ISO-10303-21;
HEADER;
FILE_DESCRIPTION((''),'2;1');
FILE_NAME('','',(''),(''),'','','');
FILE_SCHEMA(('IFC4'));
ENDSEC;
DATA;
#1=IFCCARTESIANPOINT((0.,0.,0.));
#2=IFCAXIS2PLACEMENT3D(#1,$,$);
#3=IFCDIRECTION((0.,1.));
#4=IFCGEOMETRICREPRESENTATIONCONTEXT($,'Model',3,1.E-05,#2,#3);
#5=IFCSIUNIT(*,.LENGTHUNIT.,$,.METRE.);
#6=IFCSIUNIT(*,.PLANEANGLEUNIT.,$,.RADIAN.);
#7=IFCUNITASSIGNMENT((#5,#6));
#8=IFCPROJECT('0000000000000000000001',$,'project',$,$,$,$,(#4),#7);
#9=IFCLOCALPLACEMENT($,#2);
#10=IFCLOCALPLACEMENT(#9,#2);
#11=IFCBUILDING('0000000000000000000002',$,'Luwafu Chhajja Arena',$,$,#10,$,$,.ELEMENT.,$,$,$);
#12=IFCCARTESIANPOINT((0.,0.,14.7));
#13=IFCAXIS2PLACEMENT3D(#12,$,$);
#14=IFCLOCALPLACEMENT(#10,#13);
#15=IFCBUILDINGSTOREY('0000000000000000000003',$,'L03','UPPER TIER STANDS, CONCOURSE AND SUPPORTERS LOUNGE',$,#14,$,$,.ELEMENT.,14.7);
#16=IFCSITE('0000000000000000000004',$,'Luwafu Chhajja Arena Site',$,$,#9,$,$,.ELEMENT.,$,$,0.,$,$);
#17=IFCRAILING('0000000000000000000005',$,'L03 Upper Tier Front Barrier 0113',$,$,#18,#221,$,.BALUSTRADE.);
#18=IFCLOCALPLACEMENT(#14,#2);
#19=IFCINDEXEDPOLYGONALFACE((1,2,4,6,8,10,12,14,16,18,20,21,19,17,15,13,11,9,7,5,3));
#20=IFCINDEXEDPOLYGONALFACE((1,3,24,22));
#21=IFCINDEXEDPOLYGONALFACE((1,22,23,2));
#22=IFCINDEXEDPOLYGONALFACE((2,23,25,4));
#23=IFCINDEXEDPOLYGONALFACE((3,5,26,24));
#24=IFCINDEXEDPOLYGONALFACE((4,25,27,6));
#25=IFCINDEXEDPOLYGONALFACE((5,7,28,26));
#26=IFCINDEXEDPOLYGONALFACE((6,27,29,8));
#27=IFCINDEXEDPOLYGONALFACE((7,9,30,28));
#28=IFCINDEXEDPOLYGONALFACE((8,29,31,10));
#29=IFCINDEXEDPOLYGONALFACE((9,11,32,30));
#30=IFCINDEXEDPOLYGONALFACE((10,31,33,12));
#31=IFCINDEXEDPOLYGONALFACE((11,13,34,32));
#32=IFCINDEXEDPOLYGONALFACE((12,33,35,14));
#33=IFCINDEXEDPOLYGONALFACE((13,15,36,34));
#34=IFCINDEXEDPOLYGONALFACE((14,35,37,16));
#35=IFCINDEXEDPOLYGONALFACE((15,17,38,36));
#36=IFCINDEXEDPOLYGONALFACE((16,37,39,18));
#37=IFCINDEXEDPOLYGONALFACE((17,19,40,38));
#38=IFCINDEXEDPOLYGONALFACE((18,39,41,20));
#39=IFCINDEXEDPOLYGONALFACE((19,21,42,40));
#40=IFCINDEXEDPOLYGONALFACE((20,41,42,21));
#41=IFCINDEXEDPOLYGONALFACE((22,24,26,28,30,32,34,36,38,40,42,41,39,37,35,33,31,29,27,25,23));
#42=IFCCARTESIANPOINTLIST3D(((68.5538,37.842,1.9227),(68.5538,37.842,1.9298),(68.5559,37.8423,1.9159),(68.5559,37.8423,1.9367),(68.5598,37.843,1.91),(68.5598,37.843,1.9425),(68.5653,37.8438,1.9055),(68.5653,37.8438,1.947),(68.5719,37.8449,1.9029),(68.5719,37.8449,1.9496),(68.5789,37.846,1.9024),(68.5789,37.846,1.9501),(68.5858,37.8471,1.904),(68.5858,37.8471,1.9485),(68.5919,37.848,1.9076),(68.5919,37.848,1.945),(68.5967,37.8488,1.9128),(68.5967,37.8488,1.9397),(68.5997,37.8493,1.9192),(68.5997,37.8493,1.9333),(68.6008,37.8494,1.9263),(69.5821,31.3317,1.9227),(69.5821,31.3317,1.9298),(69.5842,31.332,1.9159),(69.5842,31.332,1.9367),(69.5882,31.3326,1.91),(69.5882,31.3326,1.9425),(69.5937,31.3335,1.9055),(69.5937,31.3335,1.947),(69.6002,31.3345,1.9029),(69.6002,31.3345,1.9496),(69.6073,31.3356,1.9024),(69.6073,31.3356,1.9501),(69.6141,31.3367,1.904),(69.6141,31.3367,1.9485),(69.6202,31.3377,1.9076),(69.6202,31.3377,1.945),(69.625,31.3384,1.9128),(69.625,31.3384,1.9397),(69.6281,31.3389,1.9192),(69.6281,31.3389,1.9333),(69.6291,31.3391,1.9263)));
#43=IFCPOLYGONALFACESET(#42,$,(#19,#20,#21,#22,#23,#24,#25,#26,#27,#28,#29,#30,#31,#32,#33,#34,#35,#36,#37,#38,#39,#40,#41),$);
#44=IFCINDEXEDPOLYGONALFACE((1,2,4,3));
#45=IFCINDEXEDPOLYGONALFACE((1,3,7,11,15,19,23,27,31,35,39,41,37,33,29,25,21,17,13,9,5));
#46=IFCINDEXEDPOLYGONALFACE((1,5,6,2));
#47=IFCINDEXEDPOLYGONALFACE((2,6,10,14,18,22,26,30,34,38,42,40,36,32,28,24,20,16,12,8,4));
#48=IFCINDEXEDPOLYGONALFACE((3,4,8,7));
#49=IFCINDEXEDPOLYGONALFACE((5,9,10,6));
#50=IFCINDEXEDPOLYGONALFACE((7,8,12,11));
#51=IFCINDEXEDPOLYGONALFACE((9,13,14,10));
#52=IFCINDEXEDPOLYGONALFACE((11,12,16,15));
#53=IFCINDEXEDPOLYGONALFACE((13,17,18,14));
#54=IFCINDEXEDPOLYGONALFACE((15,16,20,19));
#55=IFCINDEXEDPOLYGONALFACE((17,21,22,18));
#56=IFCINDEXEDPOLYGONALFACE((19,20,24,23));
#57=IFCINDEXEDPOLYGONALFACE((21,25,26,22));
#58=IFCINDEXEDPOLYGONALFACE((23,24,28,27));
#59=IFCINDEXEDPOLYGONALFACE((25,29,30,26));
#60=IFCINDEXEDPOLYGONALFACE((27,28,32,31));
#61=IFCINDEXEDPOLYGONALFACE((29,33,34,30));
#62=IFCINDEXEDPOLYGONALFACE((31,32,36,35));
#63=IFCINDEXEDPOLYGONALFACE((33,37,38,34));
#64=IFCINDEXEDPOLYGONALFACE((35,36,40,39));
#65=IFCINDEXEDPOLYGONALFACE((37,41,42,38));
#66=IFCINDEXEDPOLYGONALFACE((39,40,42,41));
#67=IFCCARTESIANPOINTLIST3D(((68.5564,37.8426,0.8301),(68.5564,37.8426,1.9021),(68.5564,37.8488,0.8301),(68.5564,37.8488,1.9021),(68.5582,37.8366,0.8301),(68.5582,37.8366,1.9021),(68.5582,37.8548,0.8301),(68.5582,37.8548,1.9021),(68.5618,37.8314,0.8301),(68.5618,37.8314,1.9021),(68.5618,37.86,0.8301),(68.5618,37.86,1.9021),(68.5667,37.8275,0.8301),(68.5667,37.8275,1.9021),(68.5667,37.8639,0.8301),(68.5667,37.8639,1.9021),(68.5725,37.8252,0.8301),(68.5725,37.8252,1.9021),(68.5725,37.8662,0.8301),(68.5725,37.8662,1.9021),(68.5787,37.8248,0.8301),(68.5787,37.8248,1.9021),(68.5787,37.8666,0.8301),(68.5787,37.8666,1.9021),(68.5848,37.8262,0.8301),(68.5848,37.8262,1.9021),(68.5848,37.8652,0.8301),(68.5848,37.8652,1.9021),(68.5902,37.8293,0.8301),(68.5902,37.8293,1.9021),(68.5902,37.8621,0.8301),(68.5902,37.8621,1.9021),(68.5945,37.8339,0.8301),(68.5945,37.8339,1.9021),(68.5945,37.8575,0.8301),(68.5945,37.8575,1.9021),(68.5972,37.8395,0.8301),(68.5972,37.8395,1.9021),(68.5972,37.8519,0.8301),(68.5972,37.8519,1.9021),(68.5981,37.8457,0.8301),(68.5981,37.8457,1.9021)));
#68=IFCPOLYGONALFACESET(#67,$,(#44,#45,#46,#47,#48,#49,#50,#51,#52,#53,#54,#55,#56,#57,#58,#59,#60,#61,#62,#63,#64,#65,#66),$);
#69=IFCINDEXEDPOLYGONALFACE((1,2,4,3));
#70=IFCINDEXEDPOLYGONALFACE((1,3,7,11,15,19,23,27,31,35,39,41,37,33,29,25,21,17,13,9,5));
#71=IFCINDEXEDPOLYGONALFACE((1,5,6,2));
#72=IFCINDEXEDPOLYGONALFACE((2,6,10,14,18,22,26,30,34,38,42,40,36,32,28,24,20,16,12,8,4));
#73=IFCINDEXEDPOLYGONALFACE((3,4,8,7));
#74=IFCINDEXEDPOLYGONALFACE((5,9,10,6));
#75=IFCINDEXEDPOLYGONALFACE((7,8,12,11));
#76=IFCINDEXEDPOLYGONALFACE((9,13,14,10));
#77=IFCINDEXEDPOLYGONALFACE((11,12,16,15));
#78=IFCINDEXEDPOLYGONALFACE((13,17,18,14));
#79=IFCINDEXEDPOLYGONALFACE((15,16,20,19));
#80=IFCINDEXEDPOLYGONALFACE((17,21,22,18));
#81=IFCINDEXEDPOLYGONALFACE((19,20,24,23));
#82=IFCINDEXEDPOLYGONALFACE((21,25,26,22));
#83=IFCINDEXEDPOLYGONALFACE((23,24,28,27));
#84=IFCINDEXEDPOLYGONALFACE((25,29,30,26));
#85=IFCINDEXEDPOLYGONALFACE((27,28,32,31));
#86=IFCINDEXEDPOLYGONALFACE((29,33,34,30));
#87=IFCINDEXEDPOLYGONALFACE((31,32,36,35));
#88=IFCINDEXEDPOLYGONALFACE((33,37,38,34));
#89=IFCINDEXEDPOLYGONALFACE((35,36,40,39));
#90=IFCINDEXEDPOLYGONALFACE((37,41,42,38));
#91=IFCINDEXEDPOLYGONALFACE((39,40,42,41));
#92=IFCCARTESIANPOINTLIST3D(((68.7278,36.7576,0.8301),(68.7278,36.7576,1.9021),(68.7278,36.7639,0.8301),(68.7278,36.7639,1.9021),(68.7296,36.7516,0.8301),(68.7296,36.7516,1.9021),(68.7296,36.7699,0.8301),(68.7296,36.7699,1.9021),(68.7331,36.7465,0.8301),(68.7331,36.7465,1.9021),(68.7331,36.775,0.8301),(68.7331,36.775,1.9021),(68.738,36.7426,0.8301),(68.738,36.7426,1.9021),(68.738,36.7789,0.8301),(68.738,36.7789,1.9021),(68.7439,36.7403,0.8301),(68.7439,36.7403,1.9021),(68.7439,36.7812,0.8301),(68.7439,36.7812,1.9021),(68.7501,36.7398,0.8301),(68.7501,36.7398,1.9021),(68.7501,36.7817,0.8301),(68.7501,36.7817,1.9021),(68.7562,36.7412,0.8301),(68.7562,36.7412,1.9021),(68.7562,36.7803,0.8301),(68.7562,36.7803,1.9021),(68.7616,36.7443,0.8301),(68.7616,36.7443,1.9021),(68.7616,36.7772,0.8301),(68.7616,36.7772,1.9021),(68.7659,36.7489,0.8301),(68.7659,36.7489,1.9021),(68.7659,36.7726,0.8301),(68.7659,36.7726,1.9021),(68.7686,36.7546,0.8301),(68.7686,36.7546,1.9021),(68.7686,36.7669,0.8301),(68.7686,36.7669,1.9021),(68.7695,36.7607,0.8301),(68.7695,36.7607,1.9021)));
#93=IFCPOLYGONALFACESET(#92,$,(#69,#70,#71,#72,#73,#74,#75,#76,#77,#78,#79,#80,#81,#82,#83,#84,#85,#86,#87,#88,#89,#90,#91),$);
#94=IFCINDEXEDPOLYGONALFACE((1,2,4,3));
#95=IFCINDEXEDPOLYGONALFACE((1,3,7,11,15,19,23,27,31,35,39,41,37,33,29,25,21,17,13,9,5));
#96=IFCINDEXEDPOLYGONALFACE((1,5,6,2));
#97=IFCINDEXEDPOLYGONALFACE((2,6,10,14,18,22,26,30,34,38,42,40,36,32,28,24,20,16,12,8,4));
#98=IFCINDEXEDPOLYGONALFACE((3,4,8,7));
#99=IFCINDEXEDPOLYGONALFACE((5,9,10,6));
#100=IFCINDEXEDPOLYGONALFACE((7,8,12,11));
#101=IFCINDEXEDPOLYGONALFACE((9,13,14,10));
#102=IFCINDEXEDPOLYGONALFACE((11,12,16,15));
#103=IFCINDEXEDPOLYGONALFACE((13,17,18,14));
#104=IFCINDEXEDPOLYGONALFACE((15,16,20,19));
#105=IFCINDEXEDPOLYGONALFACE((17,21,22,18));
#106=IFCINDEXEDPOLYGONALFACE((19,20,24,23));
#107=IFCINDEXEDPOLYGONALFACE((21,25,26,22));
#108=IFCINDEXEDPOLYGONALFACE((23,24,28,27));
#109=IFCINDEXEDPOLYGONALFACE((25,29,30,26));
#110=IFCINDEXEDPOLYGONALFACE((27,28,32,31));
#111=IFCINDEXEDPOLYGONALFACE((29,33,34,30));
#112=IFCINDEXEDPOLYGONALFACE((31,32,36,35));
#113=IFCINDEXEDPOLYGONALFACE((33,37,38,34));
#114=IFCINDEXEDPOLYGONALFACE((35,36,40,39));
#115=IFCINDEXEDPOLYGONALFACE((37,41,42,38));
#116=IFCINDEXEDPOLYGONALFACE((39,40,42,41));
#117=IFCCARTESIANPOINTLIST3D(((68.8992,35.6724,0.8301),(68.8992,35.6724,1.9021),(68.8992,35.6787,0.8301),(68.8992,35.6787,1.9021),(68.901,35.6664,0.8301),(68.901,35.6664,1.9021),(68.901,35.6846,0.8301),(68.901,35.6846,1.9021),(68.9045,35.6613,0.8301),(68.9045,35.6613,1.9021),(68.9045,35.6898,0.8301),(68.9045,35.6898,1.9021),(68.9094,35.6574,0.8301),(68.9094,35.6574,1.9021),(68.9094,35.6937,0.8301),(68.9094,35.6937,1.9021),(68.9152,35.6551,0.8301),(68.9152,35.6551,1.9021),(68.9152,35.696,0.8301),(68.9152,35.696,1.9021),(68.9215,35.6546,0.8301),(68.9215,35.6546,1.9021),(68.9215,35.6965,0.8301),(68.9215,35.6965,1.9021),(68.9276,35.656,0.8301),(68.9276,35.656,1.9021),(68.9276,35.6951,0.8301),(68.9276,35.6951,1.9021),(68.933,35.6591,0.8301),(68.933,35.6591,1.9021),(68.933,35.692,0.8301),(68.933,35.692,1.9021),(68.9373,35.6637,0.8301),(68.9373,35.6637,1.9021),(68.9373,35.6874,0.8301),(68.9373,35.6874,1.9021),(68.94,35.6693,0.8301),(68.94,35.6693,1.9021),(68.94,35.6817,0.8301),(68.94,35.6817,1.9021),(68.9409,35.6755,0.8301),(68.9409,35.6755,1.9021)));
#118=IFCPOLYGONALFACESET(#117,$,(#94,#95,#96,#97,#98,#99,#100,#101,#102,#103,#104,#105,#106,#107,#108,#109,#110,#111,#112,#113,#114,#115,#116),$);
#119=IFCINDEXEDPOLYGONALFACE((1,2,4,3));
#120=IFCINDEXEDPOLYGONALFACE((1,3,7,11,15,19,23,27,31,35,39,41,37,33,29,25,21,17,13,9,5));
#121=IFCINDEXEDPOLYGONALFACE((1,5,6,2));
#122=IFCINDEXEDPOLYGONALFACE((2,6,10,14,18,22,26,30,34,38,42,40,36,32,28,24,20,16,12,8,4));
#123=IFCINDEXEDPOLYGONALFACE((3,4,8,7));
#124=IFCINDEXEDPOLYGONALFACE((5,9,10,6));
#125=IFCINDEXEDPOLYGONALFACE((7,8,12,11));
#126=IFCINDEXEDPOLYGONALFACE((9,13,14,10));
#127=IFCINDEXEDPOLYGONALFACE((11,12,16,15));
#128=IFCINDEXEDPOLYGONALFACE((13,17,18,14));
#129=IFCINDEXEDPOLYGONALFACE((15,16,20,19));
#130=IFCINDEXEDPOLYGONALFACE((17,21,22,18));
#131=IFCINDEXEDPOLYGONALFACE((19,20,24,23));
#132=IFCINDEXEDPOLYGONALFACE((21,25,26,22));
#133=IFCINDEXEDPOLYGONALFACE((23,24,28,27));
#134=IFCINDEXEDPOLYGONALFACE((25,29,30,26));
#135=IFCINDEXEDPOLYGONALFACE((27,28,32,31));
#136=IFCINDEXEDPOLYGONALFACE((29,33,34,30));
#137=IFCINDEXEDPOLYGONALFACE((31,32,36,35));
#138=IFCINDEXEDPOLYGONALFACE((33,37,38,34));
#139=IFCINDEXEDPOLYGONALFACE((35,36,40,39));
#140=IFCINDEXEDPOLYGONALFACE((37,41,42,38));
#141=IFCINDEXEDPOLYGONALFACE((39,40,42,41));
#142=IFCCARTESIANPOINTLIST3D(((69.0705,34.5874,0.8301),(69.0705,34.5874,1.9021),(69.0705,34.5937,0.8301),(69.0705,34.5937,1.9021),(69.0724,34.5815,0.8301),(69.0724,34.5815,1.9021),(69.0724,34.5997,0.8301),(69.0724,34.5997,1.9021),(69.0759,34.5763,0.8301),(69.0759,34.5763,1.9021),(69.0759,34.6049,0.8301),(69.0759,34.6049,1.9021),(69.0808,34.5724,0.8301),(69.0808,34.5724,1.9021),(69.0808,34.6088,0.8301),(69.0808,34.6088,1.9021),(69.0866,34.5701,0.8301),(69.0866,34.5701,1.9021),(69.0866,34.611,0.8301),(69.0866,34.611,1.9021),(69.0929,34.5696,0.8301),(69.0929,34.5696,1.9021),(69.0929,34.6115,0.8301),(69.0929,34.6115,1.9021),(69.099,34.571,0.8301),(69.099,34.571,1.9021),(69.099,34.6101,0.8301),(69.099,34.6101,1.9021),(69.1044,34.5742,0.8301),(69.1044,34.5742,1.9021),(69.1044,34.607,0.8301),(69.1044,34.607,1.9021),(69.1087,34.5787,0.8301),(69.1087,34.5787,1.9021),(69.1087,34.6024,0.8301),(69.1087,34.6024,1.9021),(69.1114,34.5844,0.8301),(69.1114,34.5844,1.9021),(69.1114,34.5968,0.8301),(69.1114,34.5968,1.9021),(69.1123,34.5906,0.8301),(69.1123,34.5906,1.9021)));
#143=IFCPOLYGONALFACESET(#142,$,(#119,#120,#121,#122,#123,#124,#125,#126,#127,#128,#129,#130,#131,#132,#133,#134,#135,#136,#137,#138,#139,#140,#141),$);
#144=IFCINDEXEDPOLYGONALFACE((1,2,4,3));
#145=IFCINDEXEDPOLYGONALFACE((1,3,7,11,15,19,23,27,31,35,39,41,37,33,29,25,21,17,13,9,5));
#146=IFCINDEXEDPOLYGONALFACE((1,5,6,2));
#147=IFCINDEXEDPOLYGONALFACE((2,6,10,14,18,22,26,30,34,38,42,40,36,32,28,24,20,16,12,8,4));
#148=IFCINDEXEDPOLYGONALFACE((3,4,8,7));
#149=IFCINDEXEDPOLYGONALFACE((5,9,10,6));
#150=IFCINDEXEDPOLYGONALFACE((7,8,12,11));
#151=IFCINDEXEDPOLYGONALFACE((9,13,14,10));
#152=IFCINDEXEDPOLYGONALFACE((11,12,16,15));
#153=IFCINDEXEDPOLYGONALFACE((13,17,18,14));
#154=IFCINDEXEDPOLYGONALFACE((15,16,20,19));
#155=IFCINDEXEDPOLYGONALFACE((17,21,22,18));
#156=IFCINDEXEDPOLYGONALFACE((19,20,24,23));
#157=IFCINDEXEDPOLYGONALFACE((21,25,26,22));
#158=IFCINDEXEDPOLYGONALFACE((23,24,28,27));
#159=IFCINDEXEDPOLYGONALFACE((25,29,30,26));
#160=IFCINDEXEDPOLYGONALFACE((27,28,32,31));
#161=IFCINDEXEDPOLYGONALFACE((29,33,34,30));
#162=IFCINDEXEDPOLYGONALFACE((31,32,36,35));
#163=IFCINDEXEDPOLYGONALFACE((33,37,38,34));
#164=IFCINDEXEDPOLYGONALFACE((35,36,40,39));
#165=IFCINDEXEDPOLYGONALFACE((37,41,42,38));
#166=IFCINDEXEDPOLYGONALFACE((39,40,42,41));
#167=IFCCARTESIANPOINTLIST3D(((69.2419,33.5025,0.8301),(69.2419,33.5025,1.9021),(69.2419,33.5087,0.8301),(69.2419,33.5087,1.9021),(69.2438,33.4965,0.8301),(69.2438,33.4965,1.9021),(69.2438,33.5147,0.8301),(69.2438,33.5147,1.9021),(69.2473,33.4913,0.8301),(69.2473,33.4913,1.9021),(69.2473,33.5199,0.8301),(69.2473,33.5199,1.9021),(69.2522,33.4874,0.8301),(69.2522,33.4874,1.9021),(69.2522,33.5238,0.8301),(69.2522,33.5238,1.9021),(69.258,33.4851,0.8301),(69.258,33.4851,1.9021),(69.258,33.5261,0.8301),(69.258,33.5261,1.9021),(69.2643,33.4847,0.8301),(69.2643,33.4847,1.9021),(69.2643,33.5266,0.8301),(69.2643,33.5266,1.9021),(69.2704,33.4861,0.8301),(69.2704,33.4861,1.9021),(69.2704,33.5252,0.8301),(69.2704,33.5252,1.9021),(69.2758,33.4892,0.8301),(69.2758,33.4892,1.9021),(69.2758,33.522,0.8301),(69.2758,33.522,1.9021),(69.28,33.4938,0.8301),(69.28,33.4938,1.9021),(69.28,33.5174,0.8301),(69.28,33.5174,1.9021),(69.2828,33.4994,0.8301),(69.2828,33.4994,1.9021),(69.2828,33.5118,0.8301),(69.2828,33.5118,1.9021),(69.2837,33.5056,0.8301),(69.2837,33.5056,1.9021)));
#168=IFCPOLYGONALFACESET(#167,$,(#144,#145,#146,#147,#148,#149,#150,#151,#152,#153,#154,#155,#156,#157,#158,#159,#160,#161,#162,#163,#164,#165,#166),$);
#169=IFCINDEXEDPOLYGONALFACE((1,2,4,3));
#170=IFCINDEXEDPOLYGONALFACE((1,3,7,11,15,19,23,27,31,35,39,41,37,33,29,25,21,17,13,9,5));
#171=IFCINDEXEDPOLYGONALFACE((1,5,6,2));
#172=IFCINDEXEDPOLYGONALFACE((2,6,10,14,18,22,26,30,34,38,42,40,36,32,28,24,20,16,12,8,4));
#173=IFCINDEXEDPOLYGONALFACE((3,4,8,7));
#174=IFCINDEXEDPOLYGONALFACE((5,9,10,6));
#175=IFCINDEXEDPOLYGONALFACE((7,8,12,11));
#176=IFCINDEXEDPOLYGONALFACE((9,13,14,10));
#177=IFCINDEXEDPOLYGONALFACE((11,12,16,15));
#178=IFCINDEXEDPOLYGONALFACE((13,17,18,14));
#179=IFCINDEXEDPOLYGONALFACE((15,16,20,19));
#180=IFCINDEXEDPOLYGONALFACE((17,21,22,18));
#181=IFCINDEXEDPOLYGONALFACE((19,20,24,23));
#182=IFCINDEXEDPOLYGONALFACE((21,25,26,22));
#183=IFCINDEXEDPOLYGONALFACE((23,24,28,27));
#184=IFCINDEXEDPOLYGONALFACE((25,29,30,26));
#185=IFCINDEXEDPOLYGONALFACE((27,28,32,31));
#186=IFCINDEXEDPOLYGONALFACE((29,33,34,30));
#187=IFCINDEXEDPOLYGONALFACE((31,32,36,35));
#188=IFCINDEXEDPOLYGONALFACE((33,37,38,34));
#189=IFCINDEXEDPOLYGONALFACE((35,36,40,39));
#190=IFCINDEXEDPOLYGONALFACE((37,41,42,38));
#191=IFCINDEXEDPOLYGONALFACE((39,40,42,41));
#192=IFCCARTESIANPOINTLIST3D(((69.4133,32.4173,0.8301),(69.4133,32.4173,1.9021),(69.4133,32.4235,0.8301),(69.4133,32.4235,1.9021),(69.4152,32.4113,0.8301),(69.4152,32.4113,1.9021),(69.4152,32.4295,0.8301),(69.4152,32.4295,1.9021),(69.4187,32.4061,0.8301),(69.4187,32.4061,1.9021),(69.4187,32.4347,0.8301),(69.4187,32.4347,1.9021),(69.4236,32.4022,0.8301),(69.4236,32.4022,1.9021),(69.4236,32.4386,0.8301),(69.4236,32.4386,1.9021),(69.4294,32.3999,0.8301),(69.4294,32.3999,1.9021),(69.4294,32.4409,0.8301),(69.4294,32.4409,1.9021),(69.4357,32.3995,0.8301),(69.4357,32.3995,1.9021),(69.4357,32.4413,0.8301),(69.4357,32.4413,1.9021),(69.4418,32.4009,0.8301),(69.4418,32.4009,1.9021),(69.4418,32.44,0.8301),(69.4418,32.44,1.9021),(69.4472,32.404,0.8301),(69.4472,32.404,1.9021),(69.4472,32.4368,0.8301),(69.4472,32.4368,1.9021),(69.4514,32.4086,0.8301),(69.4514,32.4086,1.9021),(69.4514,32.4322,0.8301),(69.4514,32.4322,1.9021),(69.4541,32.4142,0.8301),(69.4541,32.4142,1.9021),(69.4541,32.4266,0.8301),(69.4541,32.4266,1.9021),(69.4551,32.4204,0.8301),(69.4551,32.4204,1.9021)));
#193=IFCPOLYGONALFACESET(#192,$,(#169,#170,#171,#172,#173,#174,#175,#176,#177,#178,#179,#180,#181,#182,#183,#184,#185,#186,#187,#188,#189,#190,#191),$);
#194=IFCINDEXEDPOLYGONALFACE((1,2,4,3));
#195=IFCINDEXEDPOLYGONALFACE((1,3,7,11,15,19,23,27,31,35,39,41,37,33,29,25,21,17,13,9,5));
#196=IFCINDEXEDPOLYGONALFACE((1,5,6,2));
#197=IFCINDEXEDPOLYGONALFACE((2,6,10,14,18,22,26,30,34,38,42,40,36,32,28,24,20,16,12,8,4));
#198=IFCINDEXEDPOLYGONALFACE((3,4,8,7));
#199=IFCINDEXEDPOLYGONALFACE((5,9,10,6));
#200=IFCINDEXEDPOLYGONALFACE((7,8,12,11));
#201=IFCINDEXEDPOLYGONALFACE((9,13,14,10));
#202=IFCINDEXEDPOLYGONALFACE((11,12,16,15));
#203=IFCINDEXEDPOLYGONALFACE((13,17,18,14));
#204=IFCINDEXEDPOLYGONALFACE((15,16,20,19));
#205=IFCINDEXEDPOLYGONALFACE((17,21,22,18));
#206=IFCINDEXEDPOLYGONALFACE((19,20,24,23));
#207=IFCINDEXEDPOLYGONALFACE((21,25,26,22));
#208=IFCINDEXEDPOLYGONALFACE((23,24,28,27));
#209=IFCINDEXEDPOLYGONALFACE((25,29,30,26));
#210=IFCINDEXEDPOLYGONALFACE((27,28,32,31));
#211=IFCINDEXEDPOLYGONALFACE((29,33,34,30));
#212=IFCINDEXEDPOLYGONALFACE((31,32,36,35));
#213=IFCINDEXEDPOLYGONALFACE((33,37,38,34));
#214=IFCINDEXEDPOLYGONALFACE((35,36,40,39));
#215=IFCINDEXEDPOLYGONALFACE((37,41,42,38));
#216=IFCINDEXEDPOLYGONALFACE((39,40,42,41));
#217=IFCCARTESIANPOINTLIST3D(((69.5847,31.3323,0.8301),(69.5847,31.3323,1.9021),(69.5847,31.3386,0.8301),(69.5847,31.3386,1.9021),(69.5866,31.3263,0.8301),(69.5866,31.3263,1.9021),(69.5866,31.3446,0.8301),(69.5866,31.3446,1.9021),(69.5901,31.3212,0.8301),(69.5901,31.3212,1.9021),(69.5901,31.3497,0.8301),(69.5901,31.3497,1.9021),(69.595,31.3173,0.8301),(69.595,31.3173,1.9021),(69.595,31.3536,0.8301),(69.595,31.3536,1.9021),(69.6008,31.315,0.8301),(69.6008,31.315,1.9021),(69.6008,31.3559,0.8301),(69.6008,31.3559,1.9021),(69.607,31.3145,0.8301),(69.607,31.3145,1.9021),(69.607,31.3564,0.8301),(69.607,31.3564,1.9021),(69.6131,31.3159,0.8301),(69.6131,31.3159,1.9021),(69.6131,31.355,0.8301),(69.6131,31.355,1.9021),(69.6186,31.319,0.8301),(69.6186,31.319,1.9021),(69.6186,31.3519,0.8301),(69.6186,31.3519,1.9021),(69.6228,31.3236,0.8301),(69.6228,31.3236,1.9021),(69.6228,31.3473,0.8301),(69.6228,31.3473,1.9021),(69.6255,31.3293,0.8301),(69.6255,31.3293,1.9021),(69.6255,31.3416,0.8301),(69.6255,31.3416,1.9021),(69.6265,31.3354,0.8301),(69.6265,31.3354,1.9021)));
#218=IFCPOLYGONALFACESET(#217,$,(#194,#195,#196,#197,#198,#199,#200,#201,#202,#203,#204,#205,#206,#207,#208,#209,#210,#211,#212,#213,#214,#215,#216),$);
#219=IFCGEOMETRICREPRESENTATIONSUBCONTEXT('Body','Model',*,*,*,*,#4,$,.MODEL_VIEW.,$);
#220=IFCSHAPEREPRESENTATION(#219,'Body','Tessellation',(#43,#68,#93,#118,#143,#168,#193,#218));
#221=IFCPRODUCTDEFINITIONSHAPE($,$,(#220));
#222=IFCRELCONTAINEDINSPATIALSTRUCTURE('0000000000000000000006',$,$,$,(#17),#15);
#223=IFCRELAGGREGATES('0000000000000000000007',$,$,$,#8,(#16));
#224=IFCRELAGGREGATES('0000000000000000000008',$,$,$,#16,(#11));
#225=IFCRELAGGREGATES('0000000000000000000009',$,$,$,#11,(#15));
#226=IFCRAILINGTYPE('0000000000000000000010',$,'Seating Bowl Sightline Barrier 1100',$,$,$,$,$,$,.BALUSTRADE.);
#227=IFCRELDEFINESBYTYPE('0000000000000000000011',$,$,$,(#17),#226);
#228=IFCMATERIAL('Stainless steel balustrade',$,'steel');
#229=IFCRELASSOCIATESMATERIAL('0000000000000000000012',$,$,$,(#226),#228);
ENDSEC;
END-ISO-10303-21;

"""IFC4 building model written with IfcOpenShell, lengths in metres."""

from ifc_helpers import new_model, si_unit, direction, frame, origin, origin_2d, place, context, subcontext, project, spatial, circle, extrude, material, type_object, element, save


model = new_model("IFC4")

# Units and contexts
model_context = context("Model", 3, precision=1e-05, world=origin(), true_north=direction((0.0, 1.0)))
body_context = subcontext(model_context, "Body", "Model", "MODEL_VIEW")
ifc_project = project(units=[si_unit("LENGTHUNIT", "METRE"), si_unit("PLANEANGLEUNIT", "RADIAN")], contexts=[model_context])

# Site, building, storey
site_placement = place(None, origin())
site = spatial("IfcSite", under=ifc_project, at=site_placement, Name="Luwafu Chhajja Arena Site", CompositionType="ELEMENT", RefElevation=0.0)
building_placement = place(site_placement, origin())
building = spatial("IfcBuilding", under=site, at=building_placement, Name="Luwafu Chhajja Arena", CompositionType="ELEMENT")
storey_placement = place(building_placement, frame((0.0, 0.0, 14.7)))
storey = spatial("IfcBuildingStorey", under=building, at=storey_placement, Name="L03", Description="UPPER TIER STANDS, CONCOURSE AND SUPPORTERS LOUNGE", CompositionType="ELEMENT", Elevation=14.7)

# Railing
ifc_material_1 = material(Name="Stainless steel balustrade", Category="steel")
railing_type_1 = type_object("IfcRailingType", Name="Seating Bowl Sightline Barrier 1100", PredefinedType="BALUSTRADE", material=ifc_material_1)
railing_1_placement = place(storey_placement, frame((68.5771, 37.8457, 0.8301)))
element("IfcRailing", 1, at=railing_1_placement, inside=storey, type_object=railing_type_1, Name="L03 Upper Tier Front Barrier 0113", PredefinedType="BALUSTRADE", context=body_context, shape_type="SweptSolid", body=[
    extrude(circle(Radius=0.0239, at=origin_2d()), frame((0.0, 0.0, 1.0962), z_axis=(0.15602, -0.987754, 0.0), x_axis=(0.987754, 0.15602, 0.0)), (0.0, 0.0, 1.0), 6.5911),
    extrude(circle(Radius=0.021, at=origin_2d()), origin(), (0.0, 0.0, 1.0), 1.072),
    extrude(circle(Radius=0.021, at=origin_2d()), frame((0.1714, -1.085, 0.0)), (0.0, 0.0, 1.0), 1.072),
    extrude(circle(Radius=0.021, at=origin_2d()), frame((0.3428, -2.1702, 0.0)), (0.0, 0.0, 1.0), 1.072),
    extrude(circle(Radius=0.021, at=origin_2d()), frame((0.5142, -3.2551, 0.0)), (0.0, 0.0, 1.0), 1.072),
    extrude(circle(Radius=0.021, at=origin_2d()), frame((0.6855, -4.3401, 0.0)), (0.0, 0.0, 1.0), 1.072),
    extrude(circle(Radius=0.021, at=origin_2d()), frame((0.8569, -5.4253, 0.0)), (0.0, 0.0, 1.0), 1.072),
    extrude(circle(Radius=0.021, at=origin_2d()), frame((1.0283, -6.5103, 0.0)), (0.0, 0.0, 1.0), 1.072),
])

save(model, "model.ifc")
